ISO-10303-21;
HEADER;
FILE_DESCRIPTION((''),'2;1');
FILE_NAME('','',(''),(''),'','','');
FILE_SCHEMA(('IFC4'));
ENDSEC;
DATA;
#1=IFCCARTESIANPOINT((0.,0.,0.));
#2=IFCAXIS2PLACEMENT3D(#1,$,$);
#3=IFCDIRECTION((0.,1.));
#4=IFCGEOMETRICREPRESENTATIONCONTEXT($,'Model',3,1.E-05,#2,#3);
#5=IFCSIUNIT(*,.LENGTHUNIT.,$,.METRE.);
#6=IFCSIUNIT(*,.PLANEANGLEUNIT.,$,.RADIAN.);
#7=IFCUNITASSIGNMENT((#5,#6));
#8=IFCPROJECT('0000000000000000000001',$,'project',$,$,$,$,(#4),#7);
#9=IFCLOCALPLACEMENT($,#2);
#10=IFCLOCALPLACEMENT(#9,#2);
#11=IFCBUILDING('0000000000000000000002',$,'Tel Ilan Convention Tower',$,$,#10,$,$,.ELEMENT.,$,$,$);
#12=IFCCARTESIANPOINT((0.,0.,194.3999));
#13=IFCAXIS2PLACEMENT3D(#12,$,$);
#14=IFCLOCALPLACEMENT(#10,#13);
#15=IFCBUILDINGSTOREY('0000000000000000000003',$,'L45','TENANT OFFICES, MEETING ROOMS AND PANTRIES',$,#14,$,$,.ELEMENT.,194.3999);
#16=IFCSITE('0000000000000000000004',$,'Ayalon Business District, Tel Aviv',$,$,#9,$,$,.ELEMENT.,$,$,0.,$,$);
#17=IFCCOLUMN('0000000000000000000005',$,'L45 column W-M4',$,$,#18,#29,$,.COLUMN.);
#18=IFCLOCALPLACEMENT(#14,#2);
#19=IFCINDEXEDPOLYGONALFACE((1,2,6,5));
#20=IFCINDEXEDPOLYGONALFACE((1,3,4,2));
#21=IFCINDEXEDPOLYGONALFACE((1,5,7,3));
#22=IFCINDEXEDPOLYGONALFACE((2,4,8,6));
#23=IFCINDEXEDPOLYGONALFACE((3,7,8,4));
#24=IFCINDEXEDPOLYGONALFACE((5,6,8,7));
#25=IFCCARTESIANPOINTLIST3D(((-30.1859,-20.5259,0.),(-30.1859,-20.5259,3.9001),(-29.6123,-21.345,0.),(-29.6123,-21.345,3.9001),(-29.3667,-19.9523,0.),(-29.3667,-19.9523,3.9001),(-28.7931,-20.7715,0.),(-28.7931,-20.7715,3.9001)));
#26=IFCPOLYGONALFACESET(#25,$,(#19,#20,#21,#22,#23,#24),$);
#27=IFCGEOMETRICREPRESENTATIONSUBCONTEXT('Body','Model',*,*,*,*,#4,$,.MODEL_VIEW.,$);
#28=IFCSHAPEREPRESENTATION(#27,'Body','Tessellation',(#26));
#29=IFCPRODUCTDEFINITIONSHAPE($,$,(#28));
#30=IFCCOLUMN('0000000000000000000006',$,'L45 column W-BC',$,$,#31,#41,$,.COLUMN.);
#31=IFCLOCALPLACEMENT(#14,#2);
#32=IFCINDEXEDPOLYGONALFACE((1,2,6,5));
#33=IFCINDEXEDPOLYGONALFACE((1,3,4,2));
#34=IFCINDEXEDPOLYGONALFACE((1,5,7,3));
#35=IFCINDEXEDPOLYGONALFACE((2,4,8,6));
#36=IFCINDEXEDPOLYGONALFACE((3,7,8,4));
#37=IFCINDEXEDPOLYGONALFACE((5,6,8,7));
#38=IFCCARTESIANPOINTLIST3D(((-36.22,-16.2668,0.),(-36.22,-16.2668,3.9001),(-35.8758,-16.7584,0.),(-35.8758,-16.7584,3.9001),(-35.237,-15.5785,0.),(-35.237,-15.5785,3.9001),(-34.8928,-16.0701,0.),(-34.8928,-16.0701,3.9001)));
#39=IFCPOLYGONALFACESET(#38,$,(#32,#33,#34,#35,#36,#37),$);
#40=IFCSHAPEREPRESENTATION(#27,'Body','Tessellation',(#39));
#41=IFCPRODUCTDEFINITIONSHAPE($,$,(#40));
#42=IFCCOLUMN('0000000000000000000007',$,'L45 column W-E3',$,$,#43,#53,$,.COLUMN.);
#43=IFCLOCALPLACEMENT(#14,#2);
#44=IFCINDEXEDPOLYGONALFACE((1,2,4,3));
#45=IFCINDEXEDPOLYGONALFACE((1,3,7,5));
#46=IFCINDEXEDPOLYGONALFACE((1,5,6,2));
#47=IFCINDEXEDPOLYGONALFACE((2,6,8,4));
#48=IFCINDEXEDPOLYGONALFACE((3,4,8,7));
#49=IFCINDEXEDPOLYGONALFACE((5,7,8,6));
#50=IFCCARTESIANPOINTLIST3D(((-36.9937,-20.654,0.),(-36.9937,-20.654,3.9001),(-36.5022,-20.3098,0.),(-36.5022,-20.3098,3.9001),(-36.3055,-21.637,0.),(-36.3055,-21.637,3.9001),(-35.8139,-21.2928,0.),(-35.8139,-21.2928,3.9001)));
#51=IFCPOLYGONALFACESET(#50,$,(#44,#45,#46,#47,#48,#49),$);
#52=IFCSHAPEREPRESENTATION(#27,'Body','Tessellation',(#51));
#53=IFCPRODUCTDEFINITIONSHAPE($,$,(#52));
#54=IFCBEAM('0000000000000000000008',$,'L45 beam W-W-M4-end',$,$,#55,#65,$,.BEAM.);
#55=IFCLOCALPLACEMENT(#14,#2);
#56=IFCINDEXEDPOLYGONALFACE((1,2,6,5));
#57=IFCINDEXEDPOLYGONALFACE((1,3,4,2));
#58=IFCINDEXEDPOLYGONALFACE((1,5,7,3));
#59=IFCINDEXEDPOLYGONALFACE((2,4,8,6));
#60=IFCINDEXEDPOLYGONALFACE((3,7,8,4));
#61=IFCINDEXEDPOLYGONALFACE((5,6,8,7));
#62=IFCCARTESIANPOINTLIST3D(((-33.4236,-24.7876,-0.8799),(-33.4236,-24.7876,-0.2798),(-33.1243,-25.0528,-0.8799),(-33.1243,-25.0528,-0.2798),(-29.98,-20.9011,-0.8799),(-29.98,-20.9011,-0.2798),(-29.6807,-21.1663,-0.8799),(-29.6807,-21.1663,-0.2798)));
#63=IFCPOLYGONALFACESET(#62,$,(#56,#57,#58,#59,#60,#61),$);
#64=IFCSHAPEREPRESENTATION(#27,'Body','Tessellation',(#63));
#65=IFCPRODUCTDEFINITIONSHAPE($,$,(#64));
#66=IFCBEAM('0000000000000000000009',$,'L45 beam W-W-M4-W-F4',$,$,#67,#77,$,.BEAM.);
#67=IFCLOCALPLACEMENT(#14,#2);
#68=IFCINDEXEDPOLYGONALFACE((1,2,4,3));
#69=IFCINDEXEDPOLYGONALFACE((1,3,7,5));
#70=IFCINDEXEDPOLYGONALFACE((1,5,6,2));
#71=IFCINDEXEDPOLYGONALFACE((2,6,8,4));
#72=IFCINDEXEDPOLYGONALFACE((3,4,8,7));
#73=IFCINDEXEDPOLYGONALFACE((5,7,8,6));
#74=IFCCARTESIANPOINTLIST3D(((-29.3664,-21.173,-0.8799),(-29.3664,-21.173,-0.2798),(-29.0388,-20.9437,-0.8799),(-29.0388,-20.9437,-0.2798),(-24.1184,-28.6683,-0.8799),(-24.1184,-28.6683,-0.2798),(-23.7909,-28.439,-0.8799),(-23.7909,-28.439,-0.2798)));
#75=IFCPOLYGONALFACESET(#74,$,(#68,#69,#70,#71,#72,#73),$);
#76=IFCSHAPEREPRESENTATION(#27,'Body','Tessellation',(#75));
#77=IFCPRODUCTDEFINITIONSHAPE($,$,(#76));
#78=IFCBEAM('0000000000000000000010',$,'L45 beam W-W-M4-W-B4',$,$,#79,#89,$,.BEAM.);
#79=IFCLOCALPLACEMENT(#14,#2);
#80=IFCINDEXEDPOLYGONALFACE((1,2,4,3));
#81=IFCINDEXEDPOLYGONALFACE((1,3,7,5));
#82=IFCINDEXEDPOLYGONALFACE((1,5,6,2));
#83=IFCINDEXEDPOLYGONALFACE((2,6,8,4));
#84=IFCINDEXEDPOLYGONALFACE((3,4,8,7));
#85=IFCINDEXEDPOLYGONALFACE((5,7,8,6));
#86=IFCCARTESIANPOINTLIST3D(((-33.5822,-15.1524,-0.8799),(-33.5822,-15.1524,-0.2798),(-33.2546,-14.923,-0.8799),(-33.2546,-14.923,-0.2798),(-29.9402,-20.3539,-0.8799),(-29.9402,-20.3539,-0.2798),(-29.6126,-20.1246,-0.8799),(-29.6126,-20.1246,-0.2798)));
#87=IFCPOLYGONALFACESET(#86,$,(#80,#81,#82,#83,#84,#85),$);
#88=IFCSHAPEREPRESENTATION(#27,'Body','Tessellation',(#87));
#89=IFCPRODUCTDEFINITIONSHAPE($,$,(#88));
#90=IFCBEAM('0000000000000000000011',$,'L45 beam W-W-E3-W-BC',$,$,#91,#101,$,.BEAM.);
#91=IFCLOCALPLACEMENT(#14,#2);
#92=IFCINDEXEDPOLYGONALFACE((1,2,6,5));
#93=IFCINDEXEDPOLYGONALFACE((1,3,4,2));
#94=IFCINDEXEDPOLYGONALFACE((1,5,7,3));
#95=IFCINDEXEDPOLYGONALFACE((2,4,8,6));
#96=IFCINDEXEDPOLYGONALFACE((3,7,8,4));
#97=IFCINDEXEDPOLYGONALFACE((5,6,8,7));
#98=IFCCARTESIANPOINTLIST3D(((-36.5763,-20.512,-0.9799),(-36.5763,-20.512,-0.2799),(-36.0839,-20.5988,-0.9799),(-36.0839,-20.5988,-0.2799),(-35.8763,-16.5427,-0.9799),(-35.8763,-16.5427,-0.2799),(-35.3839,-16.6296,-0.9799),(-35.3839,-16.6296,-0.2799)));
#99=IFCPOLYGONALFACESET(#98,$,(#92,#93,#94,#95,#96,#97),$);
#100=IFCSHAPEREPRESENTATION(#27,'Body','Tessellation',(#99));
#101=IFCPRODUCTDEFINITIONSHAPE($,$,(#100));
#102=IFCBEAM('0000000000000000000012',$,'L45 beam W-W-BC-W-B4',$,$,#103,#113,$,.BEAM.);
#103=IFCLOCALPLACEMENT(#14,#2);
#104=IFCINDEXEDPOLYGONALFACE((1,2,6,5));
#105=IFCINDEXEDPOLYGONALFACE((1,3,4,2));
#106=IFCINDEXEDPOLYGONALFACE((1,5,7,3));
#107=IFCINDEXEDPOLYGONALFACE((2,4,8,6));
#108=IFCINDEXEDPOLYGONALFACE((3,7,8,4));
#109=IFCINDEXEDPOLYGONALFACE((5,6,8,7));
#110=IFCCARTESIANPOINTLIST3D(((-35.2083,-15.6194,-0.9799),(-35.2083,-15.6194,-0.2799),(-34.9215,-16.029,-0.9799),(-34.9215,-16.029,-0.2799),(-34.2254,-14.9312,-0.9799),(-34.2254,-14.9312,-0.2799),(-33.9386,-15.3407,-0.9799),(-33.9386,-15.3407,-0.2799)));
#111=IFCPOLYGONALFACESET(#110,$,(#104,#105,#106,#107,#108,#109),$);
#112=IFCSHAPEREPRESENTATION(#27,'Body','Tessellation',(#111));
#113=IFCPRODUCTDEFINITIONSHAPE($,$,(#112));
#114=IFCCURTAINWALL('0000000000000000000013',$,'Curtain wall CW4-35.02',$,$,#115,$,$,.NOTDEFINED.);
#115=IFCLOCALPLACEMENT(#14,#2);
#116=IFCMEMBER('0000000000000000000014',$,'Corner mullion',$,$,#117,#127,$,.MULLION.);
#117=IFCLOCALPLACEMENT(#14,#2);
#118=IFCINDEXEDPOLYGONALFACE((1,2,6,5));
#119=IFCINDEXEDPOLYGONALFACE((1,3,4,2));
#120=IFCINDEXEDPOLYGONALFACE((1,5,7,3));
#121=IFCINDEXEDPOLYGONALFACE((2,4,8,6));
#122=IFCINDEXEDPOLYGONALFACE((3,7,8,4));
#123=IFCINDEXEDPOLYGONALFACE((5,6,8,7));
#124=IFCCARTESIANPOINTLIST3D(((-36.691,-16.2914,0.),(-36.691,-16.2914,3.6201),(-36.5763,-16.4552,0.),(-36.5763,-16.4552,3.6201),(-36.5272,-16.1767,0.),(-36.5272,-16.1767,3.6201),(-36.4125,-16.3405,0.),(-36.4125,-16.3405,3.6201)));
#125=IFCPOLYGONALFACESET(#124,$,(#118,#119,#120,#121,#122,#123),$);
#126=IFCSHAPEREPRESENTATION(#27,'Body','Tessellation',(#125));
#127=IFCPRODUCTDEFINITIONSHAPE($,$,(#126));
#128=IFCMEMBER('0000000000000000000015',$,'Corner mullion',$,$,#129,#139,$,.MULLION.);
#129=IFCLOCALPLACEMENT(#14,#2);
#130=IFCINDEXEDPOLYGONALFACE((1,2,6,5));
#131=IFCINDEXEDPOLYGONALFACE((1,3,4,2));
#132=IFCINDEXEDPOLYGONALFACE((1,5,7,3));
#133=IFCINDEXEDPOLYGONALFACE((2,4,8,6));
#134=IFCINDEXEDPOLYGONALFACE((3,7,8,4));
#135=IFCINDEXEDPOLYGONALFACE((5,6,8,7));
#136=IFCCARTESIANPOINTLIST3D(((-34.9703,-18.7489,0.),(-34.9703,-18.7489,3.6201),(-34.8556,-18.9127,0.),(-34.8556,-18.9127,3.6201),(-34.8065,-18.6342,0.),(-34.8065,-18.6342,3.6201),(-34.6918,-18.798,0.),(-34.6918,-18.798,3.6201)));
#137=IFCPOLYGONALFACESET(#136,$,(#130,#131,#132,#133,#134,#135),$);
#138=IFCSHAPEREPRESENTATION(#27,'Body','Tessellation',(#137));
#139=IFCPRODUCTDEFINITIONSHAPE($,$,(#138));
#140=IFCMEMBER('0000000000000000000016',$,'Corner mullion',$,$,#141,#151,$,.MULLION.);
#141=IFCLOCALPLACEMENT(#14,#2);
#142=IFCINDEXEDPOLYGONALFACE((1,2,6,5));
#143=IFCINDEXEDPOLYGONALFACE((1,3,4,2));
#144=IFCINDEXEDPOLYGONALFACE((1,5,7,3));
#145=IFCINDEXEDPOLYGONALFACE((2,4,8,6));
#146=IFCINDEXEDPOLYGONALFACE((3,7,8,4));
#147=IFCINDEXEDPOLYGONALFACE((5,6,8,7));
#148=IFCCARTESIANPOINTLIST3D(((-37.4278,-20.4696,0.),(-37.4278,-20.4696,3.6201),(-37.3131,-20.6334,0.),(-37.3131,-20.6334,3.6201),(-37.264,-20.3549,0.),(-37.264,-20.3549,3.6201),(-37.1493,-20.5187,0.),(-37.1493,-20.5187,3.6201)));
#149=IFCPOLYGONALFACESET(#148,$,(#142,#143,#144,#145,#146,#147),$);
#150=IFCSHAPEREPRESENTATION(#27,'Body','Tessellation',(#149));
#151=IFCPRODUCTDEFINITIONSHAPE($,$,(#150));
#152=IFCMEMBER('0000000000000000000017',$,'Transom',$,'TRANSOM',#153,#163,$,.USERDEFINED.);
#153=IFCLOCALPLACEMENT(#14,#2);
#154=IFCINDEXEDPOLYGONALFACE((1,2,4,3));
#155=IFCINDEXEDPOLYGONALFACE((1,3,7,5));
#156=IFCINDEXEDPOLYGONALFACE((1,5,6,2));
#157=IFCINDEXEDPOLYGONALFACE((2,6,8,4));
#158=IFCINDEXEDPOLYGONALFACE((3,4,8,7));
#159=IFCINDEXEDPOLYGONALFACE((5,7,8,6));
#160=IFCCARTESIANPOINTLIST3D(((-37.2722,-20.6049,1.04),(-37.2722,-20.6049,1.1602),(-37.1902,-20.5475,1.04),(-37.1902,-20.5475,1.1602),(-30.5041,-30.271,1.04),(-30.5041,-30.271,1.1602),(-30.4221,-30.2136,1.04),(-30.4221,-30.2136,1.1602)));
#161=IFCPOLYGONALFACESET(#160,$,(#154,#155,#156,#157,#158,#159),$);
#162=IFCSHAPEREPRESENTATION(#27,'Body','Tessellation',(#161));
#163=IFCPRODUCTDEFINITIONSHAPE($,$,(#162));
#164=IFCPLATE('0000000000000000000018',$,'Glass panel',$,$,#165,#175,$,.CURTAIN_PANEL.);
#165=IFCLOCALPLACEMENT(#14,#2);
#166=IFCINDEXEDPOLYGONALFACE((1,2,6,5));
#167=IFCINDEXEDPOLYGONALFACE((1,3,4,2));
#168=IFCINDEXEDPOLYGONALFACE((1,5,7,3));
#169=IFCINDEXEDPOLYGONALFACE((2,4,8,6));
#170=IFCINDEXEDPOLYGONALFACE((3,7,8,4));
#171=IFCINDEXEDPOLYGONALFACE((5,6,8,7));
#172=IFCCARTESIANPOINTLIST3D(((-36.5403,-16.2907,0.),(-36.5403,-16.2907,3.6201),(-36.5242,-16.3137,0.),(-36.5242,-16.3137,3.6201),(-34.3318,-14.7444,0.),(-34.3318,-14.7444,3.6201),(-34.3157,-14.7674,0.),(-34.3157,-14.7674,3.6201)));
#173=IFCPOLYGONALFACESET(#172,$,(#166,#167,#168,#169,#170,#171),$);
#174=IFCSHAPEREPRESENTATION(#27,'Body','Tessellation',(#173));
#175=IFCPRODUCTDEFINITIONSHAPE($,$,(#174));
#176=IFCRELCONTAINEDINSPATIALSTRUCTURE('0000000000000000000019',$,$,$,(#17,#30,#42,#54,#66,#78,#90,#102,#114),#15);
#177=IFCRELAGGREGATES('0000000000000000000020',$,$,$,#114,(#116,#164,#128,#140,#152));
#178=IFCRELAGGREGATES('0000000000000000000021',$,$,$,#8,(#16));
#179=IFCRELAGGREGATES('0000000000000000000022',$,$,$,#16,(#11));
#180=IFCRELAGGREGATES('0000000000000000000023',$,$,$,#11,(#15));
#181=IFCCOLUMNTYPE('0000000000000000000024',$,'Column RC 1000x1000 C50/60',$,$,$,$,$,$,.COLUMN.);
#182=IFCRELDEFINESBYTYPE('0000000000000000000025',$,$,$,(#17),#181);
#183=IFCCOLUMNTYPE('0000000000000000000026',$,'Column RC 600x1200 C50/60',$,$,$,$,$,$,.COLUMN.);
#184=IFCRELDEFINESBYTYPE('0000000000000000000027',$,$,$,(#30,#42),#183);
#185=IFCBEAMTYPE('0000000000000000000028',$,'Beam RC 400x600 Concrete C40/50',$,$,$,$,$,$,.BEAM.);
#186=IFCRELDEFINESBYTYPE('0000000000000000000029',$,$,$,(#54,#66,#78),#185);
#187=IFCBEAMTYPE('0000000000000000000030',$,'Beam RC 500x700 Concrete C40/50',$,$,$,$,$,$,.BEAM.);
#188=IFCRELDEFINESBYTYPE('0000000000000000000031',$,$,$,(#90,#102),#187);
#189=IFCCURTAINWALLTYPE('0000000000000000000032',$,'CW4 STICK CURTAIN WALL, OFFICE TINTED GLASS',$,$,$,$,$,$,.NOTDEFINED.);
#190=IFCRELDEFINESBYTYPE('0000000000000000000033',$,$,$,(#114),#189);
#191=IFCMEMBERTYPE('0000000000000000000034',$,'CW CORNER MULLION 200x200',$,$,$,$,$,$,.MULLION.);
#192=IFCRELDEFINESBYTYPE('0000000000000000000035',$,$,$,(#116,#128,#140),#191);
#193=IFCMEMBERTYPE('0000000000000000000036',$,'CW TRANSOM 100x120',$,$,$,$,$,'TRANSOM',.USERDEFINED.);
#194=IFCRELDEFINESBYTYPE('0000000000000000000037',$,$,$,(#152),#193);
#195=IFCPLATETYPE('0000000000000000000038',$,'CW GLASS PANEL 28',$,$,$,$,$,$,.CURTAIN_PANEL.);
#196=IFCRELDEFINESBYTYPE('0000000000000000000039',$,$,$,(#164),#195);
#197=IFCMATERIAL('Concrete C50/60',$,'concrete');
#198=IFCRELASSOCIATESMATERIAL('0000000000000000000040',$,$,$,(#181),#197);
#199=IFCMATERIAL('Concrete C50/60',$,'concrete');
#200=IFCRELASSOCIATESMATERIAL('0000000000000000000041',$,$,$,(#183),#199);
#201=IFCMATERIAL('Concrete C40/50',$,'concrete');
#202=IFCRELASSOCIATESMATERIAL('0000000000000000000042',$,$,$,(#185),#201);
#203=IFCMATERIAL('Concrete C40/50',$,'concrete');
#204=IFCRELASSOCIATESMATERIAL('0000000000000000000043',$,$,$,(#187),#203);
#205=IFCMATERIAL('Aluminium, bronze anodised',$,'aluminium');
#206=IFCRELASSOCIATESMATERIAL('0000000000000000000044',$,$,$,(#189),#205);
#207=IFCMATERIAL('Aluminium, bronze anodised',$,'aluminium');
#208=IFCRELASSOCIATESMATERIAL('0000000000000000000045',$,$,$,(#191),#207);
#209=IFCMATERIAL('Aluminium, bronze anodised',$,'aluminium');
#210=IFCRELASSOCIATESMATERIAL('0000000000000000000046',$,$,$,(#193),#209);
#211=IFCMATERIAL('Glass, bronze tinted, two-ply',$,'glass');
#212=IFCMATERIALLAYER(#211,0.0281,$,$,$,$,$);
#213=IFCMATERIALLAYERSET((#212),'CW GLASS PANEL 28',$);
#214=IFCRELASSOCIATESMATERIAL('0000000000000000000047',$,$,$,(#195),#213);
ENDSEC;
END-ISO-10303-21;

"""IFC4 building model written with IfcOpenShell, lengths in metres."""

from ifc_helpers import new_model, si_unit, direction, frame, origin, origin_2d, place, context, subcontext, project, spatial, rectangle, extrude, material, layer, layer_set, material_profile, profile_set, type_object, element, aggregate, save


model = new_model("IFC4")

# Units and contexts
model_context = context("Model", 3, precision=1e-05, world=origin(), true_north=direction((0.0, 1.0)))
body_context = subcontext(model_context, "Body", "Model", "MODEL_VIEW")
ifc_project = project(units=[si_unit("LENGTHUNIT", "METRE"), si_unit("PLANEANGLEUNIT", "RADIAN")], contexts=[model_context])

# Site, building, storey
site_placement = place(None, origin())
site = spatial("IfcSite", under=ifc_project, at=site_placement, Name="Ayalon Business District, Tel Aviv", CompositionType="ELEMENT", RefElevation=0.0)
building_placement = place(site_placement, origin())
building = spatial("IfcBuilding", under=site, at=building_placement, Name="Tel Ilan Convention Tower", CompositionType="ELEMENT")
storey_placement = place(building_placement, frame((0.0, 0.0, 194.3999)))
storey = spatial("IfcBuildingStorey", under=building, at=storey_placement, Name="L45", Description="TENANT OFFICES, MEETING ROOMS AND PANTRIES", CompositionType="ELEMENT", Elevation=194.3999)

# Columns
ifc_material_1 = material(Name="Concrete C50/60", Category="concrete")
ifc_material_profile_1 = material_profile(ifc_material_1, rectangle(XDim=1.0, YDim=1.0, at=origin_2d()), Name="RC 1000x1000")
ifc_profile_set_1 = profile_set([ifc_material_profile_1], Name="Concrete C50/60")
column_type_1 = type_object("IfcColumnType", Name="Column RC 1000x1000 C50/60", PredefinedType="COLUMN", material=ifc_profile_set_1)
column_placement = place(storey_placement, frame((-29.4895, -20.6487, 0.0), z_axis=(0.0, 0.0, 1.0), x_axis=(-0.819152, -0.573576, 0.0)))
element("IfcColumn", 1, at=column_placement, inside=storey, type_object=column_type_1, Name="L45 column W-M4", PredefinedType="COLUMN", context=body_context, shape_type="SweptSolid", body=[
    extrude(rectangle(XDim=1.0, YDim=1.0, at=origin_2d()), origin(), (0.0, 0.0, 1.0), 3.9001),
])
ifc_material_2 = material(Name="Concrete C50/60", Category="concrete")
ifc_material_profile_2 = material_profile(ifc_material_2, rectangle(XDim=1.2, YDim=0.6001, at=origin_2d()), Name="RC 600x1200")
ifc_profile_set_2 = profile_set([ifc_material_profile_2], Name="Concrete C50/60")
column_type_2 = type_object("IfcColumnType", Name="Column RC 600x1200 C50/60", PredefinedType="COLUMN", material=ifc_profile_set_2)
for number, where, z_axis, x_axis, name in (
    (2, (-35.5564, -16.1685, 0.0), (0.0, 0.0, 1.0), (-0.819152, -0.573576, 0.0), "L45 column W-BC"),
    (3, (-36.4038, -20.9734, 0.0), (0.0, 0.0, 1.0), (-0.573576, 0.819152, 0.0), "L45 column W-E3"),
):
    element("IfcColumn", number, at=place(storey_placement, frame(where, z_axis=z_axis, x_axis=x_axis)), inside=storey, type_object=column_type_2, Name=name, PredefinedType="COLUMN", context=body_context, shape_type="SweptSolid", body=[
        extrude(rectangle(XDim=1.2, YDim=0.6001, at=origin_2d()), origin(), (0.0, 0.0, 1.0), 3.9001),
    ])

# Beams
ifc_material_3 = material(Name="Concrete C40/50", Category="concrete")
ifc_material_profile_3 = material_profile(ifc_material_3, rectangle(XDim=0.3999, YDim=0.6001, at=origin_2d()), Name="RC 400x600")
ifc_profile_set_3 = profile_set([ifc_material_profile_3], Name="Concrete C40/50")
beam_type_1 = type_object("IfcBeamType", Name="Beam RC 400x600 Concrete C40/50", PredefinedType="BEAM", material=ifc_profile_set_3)
beam_1_placement = place(storey_placement, frame((-29.8303, -21.0337, -0.5798), z_axis=(-0.663175, -0.748464, 0.0), x_axis=(0.748464, -0.663175, 0.0)))
element("IfcBeam", 4, at=beam_1_placement, inside=storey, type_object=beam_type_1, Name="L45 beam W-W-M4-end", PredefinedType="BEAM", context=body_context, shape_type="SweptSolid", body=[
    extrude(rectangle(XDim=0.3999, YDim=0.6001, at=origin_2d()), origin(), (0.0, 0.0, 1.0), 5.1926),
])
beam_2_placement = place(storey_placement, frame((-29.2026, -21.0583, -0.5798), z_axis=(0.573557, -0.819165, 0.0), x_axis=(0.819165, 0.573557, 0.0)))
element("IfcBeam", 5, at=beam_2_placement, inside=storey, type_object=beam_type_1, Name="L45 beam W-W-M4-W-F4", PredefinedType="BEAM", context=body_context, shape_type="SweptSolid", body=[
    extrude(rectangle(XDim=0.3999, YDim=0.6001, at=origin_2d()), origin(), (0.0, 0.0, 1.0), 9.1499),
])
beam_3_placement = place(storey_placement, frame((-29.7764, -20.2393, -0.5798), z_axis=(-0.57356, 0.819163, 0.0), x_axis=(-0.819163, -0.57356, 0.0)))
element("IfcBeam", 6, at=beam_3_placement, inside=storey, type_object=beam_type_1, Name="L45 beam W-W-M4-W-B4", PredefinedType="BEAM", context=body_context, shape_type="SweptSolid", body=[
    extrude(rectangle(XDim=0.3999, YDim=0.6001, at=origin_2d()), origin(), (0.0, 0.0, 1.0), 6.3499),
])
ifc_material_4 = material(Name="Concrete C40/50", Category="concrete")
ifc_material_profile_4 = material_profile(ifc_material_4, rectangle(XDim=0.5, YDim=0.7, at=origin_2d()), Name="RC 500x700")
ifc_profile_set_4 = profile_set([ifc_material_profile_4], Name="Concrete C40/50")
beam_type_2 = type_object("IfcBeamType", Name="Beam RC 500x700 Concrete C40/50", PredefinedType="BEAM", material=ifc_profile_set_4)
beam_4_placement = place(storey_placement, frame((-36.3301, -20.5554, -0.6299), z_axis=(0.173664, 0.984805, 0.0), x_axis=(-0.984805, 0.173664, 0.0)))
element("IfcBeam", 7, at=beam_4_placement, inside=storey, type_object=beam_type_2, Name="L45 beam W-W-E3-W-BC", PredefinedType="BEAM", context=body_context, shape_type="SweptSolid", body=[
    extrude(rectangle(XDim=0.5, YDim=0.7, at=origin_2d()), origin(), (0.0, 0.0, 1.0), 4.0305),
])
beam_5_placement = place(storey_placement, frame((-35.0649, -15.8242, -0.6299), z_axis=(0.819155, 0.573572, 0.0), x_axis=(-0.573572, 0.819155, 0.0)))
element("IfcBeam", 8, at=beam_5_placement, inside=storey, type_object=beam_type_2, Name="L45 beam W-W-BC-W-B4", PredefinedType="BEAM", context=body_context, shape_type="SweptSolid", body=[
    extrude(rectangle(XDim=0.5, YDim=0.7, at=origin_2d()), origin(), (0.0, 0.0, 1.0), 1.2),
])

# Curtain wall, members, plate
ifc_material_5 = material(Name="Aluminium, bronze anodised", Category="aluminium")
curtain_wall_type = type_object("IfcCurtainWallType", Name="CW4 STICK CURTAIN WALL, OFFICE TINTED GLASS", PredefinedType="NOTDEFINED", material=ifc_material_5)
curtain_wall_placement = place(storey_placement, origin())
curtain_wall = element("IfcCurtainWall", 9, at=curtain_wall_placement, inside=storey, type_object=curtain_wall_type, Name="Curtain wall CW4-35.02", PredefinedType="NOTDEFINED")
ifc_material_6 = material(Name="Aluminium, bronze anodised", Category="aluminium")
ifc_material_profile_5 = material_profile(ifc_material_6, rectangle(XDim=0.2, YDim=0.2, at=origin_2d()), Name="CW CORNER MULLION 200x200")
ifc_profile_set_5 = profile_set([ifc_material_profile_5], Name="Aluminium, bronze anodised")
member_type_1 = type_object("IfcMemberType", Name="CW CORNER MULLION 200x200", PredefinedType="MULLION", material=ifc_profile_set_5)
member_1_placement = place(storey_placement, frame((-36.5518, -16.3159, 0.0), z_axis=(0.0, 0.0, 1.0), x_axis=(-0.819152, -0.573576, 0.0)))
member_1 = element("IfcMember", 10, at=member_1_placement, type_object=member_type_1, Name="Corner mullion", PredefinedType="MULLION", context=body_context, shape_type="SweptSolid", body=[
    extrude(rectangle(XDim=0.2, YDim=0.2, at=origin_2d()), origin(), (0.0, 0.0, 1.0), 3.6201),
])
member_2_placement = place(storey_placement, frame((-34.8311, -18.7734, 0.0), z_axis=(0.0, 0.0, 1.0), x_axis=(0.573576, -0.819152, 0.0)))
member_2 = element("IfcMember", 11, at=member_2_placement, type_object=member_type_1, Name="Corner mullion", PredefinedType="MULLION", context=body_context, shape_type="SweptSolid", body=[
    extrude(rectangle(XDim=0.2, YDim=0.2, at=origin_2d()), origin(), (0.0, 0.0, 1.0), 3.6201),
])
member_3_placement = place(storey_placement, frame((-37.2886, -20.4941, 0.0), z_axis=(0.0, 0.0, 1.0), x_axis=(-0.819152, -0.573576, 0.0)))
member_3 = element("IfcMember", 12, at=member_3_placement, type_object=member_type_1, Name="Corner mullion", PredefinedType="MULLION", context=body_context, shape_type="SweptSolid", body=[
    extrude(rectangle(XDim=0.2, YDim=0.2, at=origin_2d()), origin(), (0.0, 0.0, 1.0), 3.6201),
])
ifc_material_7 = material(Name="Aluminium, bronze anodised", Category="aluminium")
ifc_material_profile_6 = material_profile(ifc_material_7, rectangle(XDim=0.1001, YDim=0.1201, at=origin_2d()), Name="CW TRANSOM 100x120")
ifc_profile_set_6 = profile_set([ifc_material_profile_6], Name="Aluminium, bronze anodised")
member_type_2 = type_object("IfcMemberType", Name="CW TRANSOM 100x120", ElementType="TRANSOM", PredefinedType="USERDEFINED", material=ifc_profile_set_6)
member_4_placement = place(storey_placement, frame((-37.2312, -20.5762, 1.1001), z_axis=(0.573568, -0.819158, 0.0), x_axis=(0.819158, 0.573568, 0.0)))
member_4 = element("IfcMember", 13, at=member_4_placement, type_object=member_type_2, Name="Transom", ObjectType="TRANSOM", PredefinedType="USERDEFINED", context=body_context, shape_type="SweptSolid", body=[
    extrude(rectangle(XDim=0.1001, YDim=0.1201, at=origin_2d()), origin(), (0.0, 0.0, 1.0), 11.8),
])
ifc_material_8 = material(Name="Glass, bronze tinted, two-ply", Category="glass")
ifc_layer_1 = layer(ifc_material_8, 0.0281)
ifc_layer_set_1 = layer_set([ifc_layer_1], Name="CW GLASS PANEL 28")
plate_type = type_object("IfcPlateType", Name="CW GLASS PANEL 28", PredefinedType="CURTAIN_PANEL", material=ifc_layer_set_1)
plate_1_placement = place(storey_placement, frame((-35.428, -15.5291, 0.0), z_axis=(0.0, 0.0, 1.0), x_axis=(-0.819152, -0.573576, 0.0)))
plate_1 = element("IfcPlate", 14, at=plate_1_placement, type_object=plate_type, Name="Glass panel", PredefinedType="CURTAIN_PANEL", context=body_context, shape_type="SweptSolid", body=[
    extrude(rectangle(XDim=2.696, YDim=0.0281, at=origin_2d()), origin(), (0.0, 0.0, 1.0), 3.6201),
])
aggregate(curtain_wall, [member_1, plate_1, member_2, member_3, member_4])

save(model, "model.ifc")
